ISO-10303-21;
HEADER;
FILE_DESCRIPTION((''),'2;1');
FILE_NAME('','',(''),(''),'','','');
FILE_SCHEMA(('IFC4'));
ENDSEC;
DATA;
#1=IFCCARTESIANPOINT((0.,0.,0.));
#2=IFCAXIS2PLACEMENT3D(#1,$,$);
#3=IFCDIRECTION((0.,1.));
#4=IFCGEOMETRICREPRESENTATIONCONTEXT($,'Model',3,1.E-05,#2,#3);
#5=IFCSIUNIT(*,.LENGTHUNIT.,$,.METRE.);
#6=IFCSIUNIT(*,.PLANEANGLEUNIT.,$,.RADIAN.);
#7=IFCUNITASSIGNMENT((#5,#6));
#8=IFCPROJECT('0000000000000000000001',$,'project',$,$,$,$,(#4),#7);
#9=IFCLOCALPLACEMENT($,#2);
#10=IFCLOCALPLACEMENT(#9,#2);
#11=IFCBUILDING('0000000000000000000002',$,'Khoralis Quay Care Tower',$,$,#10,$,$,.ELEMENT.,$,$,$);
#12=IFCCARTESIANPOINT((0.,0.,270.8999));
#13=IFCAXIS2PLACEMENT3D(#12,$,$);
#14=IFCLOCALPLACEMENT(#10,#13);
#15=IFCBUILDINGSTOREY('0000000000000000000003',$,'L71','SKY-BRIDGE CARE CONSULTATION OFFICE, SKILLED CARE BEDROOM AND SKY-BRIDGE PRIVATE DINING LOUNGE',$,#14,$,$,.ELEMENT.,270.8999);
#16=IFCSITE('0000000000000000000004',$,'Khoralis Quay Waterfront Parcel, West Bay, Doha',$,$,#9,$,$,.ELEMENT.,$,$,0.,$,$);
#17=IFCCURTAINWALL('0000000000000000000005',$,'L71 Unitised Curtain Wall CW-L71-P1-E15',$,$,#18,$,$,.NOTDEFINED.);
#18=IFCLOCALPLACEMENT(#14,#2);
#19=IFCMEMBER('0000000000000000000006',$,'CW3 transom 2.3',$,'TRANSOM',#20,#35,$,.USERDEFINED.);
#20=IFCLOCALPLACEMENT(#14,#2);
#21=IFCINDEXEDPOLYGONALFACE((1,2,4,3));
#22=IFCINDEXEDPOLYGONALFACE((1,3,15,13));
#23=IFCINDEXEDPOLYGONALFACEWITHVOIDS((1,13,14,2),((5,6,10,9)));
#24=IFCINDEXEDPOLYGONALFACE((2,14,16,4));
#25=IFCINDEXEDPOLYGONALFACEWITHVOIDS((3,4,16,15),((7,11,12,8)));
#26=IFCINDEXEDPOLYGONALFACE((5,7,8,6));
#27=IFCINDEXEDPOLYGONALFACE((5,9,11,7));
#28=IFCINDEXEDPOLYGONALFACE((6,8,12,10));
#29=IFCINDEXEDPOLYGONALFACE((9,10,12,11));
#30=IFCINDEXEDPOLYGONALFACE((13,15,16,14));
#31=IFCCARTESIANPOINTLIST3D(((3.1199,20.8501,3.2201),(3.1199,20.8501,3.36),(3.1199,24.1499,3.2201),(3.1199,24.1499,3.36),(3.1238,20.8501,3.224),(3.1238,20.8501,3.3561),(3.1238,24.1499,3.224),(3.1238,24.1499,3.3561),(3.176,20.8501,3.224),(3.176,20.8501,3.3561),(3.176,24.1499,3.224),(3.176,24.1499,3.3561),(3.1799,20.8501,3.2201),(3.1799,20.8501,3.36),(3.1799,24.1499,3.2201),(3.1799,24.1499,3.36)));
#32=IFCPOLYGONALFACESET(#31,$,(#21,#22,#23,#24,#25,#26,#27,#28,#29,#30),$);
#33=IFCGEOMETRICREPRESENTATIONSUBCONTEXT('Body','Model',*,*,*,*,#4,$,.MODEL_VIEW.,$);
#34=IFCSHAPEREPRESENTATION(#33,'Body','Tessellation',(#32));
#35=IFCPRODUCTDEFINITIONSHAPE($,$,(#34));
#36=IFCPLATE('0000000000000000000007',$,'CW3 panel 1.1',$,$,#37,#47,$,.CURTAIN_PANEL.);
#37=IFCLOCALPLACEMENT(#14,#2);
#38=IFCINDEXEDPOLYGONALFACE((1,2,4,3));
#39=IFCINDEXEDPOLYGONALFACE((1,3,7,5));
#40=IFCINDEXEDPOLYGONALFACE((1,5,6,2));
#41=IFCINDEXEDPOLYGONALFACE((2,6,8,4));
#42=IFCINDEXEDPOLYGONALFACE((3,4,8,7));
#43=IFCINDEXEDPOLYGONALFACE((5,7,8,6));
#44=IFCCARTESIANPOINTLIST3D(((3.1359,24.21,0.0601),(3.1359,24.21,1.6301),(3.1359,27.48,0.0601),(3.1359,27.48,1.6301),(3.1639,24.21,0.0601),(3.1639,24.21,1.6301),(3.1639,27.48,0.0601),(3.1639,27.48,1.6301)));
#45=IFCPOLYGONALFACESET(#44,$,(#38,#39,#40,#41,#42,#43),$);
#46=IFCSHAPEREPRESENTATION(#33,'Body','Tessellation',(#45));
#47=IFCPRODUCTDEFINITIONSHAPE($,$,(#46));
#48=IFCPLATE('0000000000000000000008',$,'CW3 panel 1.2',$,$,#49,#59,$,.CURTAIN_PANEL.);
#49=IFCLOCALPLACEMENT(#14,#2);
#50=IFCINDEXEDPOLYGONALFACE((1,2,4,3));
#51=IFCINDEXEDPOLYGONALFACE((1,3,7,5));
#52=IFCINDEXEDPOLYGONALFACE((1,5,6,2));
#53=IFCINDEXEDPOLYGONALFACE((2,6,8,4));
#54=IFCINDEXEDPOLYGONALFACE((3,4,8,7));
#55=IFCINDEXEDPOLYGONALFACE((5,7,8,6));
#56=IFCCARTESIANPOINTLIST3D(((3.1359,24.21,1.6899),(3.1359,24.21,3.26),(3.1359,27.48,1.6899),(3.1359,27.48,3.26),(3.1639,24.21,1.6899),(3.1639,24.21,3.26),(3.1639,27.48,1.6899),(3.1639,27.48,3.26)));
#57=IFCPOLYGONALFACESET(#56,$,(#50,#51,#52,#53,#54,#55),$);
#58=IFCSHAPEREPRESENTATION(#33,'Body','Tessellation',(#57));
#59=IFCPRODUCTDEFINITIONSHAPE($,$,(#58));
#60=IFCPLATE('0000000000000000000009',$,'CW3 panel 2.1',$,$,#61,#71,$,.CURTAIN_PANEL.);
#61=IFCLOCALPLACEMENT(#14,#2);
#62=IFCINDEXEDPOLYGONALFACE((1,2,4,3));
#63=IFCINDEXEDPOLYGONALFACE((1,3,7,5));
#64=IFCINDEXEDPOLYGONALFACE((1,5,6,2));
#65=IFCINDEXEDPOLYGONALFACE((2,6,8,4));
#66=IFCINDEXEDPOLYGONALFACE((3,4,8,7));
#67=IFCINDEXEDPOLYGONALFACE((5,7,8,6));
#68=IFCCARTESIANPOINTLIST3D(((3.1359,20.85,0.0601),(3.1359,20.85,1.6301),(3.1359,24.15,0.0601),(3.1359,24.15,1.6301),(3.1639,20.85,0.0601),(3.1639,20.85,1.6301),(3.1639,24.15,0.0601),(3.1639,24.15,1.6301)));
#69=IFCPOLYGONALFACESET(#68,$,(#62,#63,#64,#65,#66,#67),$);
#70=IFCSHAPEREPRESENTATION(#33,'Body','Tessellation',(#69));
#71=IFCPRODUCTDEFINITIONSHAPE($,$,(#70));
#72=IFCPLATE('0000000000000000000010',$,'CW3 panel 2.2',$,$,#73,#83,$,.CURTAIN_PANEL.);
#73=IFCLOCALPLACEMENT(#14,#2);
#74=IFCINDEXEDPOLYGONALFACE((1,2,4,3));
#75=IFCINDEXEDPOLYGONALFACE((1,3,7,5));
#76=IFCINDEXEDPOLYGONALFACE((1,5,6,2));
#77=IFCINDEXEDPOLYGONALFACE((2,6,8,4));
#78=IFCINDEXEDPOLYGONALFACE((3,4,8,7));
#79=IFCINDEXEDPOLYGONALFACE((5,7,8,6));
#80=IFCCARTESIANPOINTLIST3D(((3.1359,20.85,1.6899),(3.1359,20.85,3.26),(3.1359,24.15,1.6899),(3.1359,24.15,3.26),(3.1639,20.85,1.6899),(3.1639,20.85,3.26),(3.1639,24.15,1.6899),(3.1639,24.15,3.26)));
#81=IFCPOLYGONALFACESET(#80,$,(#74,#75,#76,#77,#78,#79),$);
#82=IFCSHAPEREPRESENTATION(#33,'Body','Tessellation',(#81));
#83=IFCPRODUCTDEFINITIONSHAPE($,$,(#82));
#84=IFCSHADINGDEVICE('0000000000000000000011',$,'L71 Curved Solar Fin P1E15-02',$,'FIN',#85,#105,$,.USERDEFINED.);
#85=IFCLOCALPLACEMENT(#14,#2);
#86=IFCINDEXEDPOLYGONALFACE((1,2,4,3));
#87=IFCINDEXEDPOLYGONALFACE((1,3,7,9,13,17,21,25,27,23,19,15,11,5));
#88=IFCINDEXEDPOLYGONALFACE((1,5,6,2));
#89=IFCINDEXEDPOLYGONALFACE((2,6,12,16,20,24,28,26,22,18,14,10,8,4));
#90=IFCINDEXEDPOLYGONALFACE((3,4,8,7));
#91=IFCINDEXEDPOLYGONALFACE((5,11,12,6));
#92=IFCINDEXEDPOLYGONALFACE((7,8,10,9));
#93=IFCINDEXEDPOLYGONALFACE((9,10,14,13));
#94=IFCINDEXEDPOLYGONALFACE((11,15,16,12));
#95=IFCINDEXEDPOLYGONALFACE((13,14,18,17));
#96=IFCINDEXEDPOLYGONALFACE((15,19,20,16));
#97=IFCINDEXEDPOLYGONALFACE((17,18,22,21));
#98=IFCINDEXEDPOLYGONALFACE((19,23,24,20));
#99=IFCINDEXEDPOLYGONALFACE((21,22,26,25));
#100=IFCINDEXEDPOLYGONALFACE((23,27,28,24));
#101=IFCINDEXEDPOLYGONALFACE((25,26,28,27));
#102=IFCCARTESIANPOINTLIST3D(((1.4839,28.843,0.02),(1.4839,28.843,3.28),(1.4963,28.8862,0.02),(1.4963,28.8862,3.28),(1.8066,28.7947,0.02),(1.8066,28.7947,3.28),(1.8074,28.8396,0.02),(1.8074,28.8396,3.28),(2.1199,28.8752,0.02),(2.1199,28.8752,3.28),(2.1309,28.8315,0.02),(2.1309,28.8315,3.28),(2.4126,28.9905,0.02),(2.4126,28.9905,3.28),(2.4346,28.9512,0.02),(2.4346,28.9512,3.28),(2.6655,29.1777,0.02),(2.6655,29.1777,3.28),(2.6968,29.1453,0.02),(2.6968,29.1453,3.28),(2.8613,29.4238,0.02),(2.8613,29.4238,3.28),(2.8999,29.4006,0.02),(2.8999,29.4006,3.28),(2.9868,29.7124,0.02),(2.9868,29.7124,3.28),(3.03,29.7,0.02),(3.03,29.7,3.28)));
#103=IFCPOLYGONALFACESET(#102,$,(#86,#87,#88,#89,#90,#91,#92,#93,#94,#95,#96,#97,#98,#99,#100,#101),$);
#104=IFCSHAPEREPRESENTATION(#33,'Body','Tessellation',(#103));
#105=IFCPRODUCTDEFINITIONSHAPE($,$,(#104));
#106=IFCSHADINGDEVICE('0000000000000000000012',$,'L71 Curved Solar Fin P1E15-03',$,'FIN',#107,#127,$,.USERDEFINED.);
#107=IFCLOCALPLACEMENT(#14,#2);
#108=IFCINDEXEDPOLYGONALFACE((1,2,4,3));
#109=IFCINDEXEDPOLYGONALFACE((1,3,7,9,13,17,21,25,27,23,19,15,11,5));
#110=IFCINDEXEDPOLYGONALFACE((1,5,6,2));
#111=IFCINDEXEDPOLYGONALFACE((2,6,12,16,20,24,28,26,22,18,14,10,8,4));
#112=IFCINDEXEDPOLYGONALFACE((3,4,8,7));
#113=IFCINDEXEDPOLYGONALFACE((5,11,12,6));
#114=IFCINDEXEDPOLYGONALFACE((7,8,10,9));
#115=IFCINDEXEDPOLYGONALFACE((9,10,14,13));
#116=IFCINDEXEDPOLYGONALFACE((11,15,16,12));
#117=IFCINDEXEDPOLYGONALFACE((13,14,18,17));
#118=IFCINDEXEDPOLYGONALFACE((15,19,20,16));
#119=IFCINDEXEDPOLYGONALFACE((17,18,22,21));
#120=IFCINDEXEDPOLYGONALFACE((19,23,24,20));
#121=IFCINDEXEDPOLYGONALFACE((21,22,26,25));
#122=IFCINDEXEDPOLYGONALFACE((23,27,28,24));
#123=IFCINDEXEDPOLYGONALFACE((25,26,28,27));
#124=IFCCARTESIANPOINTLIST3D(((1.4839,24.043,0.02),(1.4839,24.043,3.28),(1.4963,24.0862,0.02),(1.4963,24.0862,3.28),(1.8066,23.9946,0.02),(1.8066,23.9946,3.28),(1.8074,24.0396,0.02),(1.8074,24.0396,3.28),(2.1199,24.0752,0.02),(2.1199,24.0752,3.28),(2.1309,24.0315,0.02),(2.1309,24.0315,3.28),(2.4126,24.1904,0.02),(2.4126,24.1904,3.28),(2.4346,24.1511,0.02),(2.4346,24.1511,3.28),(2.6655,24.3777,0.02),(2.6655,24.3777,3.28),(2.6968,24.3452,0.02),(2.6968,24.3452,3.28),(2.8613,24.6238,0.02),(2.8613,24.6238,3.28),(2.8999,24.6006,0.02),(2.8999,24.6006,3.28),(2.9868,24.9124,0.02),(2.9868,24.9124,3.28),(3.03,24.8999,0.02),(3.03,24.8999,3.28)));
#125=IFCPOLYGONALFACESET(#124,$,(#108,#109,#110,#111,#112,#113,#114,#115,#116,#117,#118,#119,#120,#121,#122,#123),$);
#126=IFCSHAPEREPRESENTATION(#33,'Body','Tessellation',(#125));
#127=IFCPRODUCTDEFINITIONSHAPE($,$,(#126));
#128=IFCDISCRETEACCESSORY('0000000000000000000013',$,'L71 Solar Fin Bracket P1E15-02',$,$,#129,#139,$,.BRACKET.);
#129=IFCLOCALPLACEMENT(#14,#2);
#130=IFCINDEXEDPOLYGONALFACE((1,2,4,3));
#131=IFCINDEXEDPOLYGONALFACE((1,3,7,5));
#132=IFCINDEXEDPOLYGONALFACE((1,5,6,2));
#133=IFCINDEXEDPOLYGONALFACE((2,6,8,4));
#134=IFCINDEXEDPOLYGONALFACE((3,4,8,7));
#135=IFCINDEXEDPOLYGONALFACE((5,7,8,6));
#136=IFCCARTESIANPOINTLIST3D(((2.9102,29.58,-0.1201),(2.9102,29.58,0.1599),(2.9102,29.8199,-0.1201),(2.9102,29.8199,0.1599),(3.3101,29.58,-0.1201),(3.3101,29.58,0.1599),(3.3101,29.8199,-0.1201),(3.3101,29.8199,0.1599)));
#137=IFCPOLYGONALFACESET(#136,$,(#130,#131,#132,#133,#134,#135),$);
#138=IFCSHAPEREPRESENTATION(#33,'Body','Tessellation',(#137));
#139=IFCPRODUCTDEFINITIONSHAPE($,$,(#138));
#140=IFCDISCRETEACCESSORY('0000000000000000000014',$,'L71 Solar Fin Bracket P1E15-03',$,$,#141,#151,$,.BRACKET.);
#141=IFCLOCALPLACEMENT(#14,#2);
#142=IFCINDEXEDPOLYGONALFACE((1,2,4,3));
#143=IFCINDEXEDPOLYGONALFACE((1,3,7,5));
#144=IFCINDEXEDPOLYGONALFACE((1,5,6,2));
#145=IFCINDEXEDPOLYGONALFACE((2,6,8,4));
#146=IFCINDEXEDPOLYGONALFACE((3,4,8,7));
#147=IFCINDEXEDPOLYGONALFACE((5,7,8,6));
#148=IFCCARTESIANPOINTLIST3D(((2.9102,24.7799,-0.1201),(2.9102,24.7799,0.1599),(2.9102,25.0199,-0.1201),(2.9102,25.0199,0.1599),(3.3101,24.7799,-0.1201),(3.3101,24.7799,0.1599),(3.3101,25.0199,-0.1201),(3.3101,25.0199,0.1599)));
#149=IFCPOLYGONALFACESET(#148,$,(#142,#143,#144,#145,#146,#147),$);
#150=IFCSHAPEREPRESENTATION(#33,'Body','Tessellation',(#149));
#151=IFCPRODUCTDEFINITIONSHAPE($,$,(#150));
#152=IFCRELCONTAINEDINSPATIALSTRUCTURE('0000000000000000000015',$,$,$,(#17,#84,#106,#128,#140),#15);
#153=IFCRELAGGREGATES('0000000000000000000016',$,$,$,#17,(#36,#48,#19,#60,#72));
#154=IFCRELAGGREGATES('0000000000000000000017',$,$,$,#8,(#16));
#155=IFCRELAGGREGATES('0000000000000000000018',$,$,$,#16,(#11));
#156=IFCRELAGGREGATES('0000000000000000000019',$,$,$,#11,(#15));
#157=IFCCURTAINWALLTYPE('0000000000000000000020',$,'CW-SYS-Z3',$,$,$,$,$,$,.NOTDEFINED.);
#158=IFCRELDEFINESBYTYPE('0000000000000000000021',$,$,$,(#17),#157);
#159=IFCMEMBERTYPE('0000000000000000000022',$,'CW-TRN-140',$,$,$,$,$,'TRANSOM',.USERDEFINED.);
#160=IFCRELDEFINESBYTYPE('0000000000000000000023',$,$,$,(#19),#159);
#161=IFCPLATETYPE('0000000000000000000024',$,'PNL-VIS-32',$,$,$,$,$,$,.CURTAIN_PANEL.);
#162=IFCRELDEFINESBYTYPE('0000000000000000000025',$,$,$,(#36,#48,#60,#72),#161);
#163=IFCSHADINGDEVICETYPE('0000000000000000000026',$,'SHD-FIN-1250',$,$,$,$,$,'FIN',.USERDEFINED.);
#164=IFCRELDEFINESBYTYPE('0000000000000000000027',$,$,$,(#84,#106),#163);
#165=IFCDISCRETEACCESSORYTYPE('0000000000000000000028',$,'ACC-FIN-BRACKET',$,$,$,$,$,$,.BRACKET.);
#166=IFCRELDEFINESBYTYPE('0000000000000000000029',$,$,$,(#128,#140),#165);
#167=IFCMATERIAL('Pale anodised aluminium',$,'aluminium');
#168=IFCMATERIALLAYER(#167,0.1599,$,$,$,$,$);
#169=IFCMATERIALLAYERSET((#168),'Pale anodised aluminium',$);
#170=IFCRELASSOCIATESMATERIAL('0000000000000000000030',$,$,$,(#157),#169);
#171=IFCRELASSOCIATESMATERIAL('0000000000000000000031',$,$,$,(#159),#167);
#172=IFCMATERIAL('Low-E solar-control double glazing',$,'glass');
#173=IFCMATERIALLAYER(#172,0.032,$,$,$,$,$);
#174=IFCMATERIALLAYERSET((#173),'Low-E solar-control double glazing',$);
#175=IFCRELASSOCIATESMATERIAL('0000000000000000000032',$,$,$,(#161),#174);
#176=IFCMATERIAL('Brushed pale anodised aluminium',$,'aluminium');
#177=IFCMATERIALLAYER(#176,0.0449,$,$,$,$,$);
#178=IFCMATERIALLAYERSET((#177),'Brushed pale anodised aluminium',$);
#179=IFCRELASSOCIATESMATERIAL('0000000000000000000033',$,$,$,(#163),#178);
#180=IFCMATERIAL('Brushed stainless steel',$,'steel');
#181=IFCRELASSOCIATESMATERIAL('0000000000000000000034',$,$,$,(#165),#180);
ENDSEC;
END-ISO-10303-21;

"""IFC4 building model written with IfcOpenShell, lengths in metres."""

from ifc_helpers import new_model, si_unit, direction, frame, origin, origin_2d, place, context, subcontext, project, spatial, polyline, rectangle, hollow_rectangle, outline, extrude, source, transform, mapped, material, layer, layer_set, material_profile, profile_set, type_object, element, aggregate, save


model = new_model("IFC4")

# Units and contexts
model_context = context("Model", 3, precision=1e-05, world=origin(), true_north=direction((0.0, 1.0)))
body_context = subcontext(model_context, "Body", "Model", "MODEL_VIEW")
ifc_project = project(units=[si_unit("LENGTHUNIT", "METRE"), si_unit("PLANEANGLEUNIT", "RADIAN")], contexts=[model_context])

# Site, building, storey
site_placement = place(None, origin())
site = spatial("IfcSite", under=ifc_project, at=site_placement, Name="Khoralis Quay Waterfront Parcel, West Bay, Doha", CompositionType="ELEMENT", RefElevation=0.0)
building_placement = place(site_placement, origin())
building = spatial("IfcBuilding", under=site, at=building_placement, Name="Khoralis Quay Care Tower", CompositionType="ELEMENT")
storey_placement = place(building_placement, frame((0.0, 0.0, 270.8999)))
storey = spatial("IfcBuildingStorey", under=building, at=storey_placement, Name="L71", Description="SKY-BRIDGE CARE CONSULTATION OFFICE, SKILLED CARE BEDROOM AND SKY-BRIDGE PRIVATE DINING LOUNGE", CompositionType="ELEMENT", Elevation=270.8999)

# Curtain wall, member, plates
ifc_material_1 = material(Name="Pale anodised aluminium", Category="aluminium")
ifc_layer_1 = layer(ifc_material_1, 0.1599)
ifc_layer_set_1 = layer_set([ifc_layer_1], Name="Pale anodised aluminium")
curtain_wall_type = type_object("IfcCurtainWallType", Name="CW-SYS-Z3", PredefinedType="NOTDEFINED", material=ifc_layer_set_1)
curtain_wall_placement = place(storey_placement, origin())
curtain_wall = element("IfcCurtainWall", 1, at=curtain_wall_placement, inside=storey, type_object=curtain_wall_type, Name="L71 Unitised Curtain Wall CW-L71-P1-E15", PredefinedType="NOTDEFINED")
ifc_material_profile_1 = material_profile(ifc_material_1, hollow_rectangle(XDim=0.0601, YDim=0.1399, WallThickness=0.0039, at=origin_2d()), Name="Pale anodised aluminium")
ifc_profile_set_1 = profile_set([ifc_material_profile_1], Name="Pale anodised aluminium")
member_type_1 = type_object("IfcMemberType", Name="CW-TRN-140", ElementType="TRANSOM", PredefinedType="USERDEFINED", material=ifc_profile_set_1)
shared_shape_1 = source(origin(), body_context, "Body", "SweptSolid", [
    extrude(hollow_rectangle(XDim=0.0601, YDim=0.1399, WallThickness=0.0039, at=origin_2d()), origin(), (0.0, 0.0, 1.0), 3.2998),
])
member_1_placement = place(storey_placement, frame((3.1499, 24.1499, 3.29), z_axis=(0.0, -1.0, 0.0), x_axis=(1.0, 0.0, 0.0)))
member_1 = element("IfcMember", 2, at=member_1_placement, type_object=member_type_1, Name="CW3 transom 2.3", ObjectType="TRANSOM", PredefinedType="USERDEFINED", context=body_context, shape_type="MappedRepresentation", body=[
    mapped(shared_shape_1, transform((0.0, 0.0, 0.0), scale=1.0)),
])
ifc_material_2 = material(Name="Low-E solar-control double glazing", Category="glass")
ifc_layer_2 = layer(ifc_material_2, 0.032)
ifc_layer_set_2 = layer_set([ifc_layer_2], Name="Low-E solar-control double glazing")
plate_type = type_object("IfcPlateType", Name="PNL-VIS-32", PredefinedType="CURTAIN_PANEL", material=ifc_layer_set_2)
shared_shape_2 = source(origin(), body_context, "Body", "SweptSolid", [
    extrude(rectangle(XDim=3.27, YDim=0.0281, at=origin_2d()), origin(), (0.0, 0.0, 1.0), 1.5701),
])
plate_1_placement = place(storey_placement, frame((3.1499, 25.845, 0.0601), z_axis=(0.0, 0.0, 1.0), x_axis=(0.0, -1.0, 0.0)))
plate_1 = element("IfcPlate", 3, at=plate_1_placement, type_object=plate_type, Name="CW3 panel 1.1", PredefinedType="CURTAIN_PANEL", context=body_context, shape_type="MappedRepresentation", body=[
    mapped(shared_shape_2, transform((0.0, 0.0, 0.0), scale=1.0)),
])
plate_2_placement = place(storey_placement, frame((3.1499, 25.845, 1.6899), z_axis=(0.0, 0.0, 1.0), x_axis=(0.0, -1.0, 0.0)))
plate_2 = element("IfcPlate", 4, at=plate_2_placement, type_object=plate_type, Name="CW3 panel 1.2", PredefinedType="CURTAIN_PANEL", context=body_context, shape_type="MappedRepresentation", body=[
    mapped(shared_shape_2, transform((0.0, 0.0, 0.0), scale=1.0)),
])
shared_shape_3 = source(origin(), body_context, "Body", "SweptSolid", [
    extrude(rectangle(XDim=3.3, YDim=0.0281, at=origin_2d()), origin(), (0.0, 0.0, 1.0), 1.5701),
])
plate_3_placement = place(storey_placement, frame((3.1499, 22.5, 0.0601), z_axis=(0.0, 0.0, 1.0), x_axis=(0.0, -1.0, 0.0)))
plate_3 = element("IfcPlate", 5, at=plate_3_placement, type_object=plate_type, Name="CW3 panel 2.1", PredefinedType="CURTAIN_PANEL", context=body_context, shape_type="MappedRepresentation", body=[
    mapped(shared_shape_3, transform((0.0, 0.0, 0.0), scale=1.0)),
])
plate_4_placement = place(storey_placement, frame((3.1499, 22.5, 1.6899), z_axis=(0.0, 0.0, 1.0), x_axis=(0.0, -1.0, 0.0)))
plate_4 = element("IfcPlate", 6, at=plate_4_placement, type_object=plate_type, Name="CW3 panel 2.2", PredefinedType="CURTAIN_PANEL", context=body_context, shape_type="MappedRepresentation", body=[
    mapped(shared_shape_3, transform((0.0, 0.0, 0.0), scale=1.0)),
])
aggregate(curtain_wall, [plate_1, plate_2, member_1, plate_3, plate_4])

# Shading devices
ifc_material_3 = material(Name="Brushed pale anodised aluminium", Category="aluminium")
ifc_layer_3 = layer(ifc_material_3, 0.0449)
ifc_layer_set_3 = layer_set([ifc_layer_3], Name="Brushed pale anodised aluminium")
shading_device_type = type_object("IfcShadingDeviceType", Name="SHD-FIN-1250", ElementType="FIN", PredefinedType="USERDEFINED", material=ifc_layer_set_3)
shared_shape_4 = source(origin(), body_context, "Body", "SweptSolid", [
    extrude(outline(polyline([(0.0, 0.0), (0.1301, 0.2993), (0.3333, 0.5547), (0.5955, 0.7488), (0.8992, 0.8684), (1.2234, 0.9053), (1.5461, 0.8569), (1.5337, 0.8137), (1.2227, 0.8604), (0.9102, 0.8247), (0.6174, 0.7095), (0.3645, 0.5222), (0.1687, 0.2761), (0.0432, -0.0125), (0.0, 0.0)])), origin(), (0.0, 0.0, 1.0), 3.26),
])
for number, where, z_axis, x_axis, name in (
    (7, (3.03, 29.7, 0.02), (0.0, 0.0, 1.0), (-1.0, 0.0, 0.0), "L71 Curved Solar Fin P1E15-02"),
    (8, (3.03, 24.8999, 0.02), (0.0, 0.0, 1.0), (-1.0, 0.0, 0.0), "L71 Curved Solar Fin P1E15-03"),
):
    element("IfcShadingDevice", number, at=place(storey_placement, frame(where, z_axis=z_axis, x_axis=x_axis)), inside=storey, type_object=shading_device_type, Name=name, ObjectType="FIN", PredefinedType="USERDEFINED", context=body_context, shape_type="MappedRepresentation", body=[
        mapped(shared_shape_4, transform((0.0, 0.0, 0.0), scale=1.0)),
    ])

# Discrete accessories
ifc_material_4 = material(Name="Brushed stainless steel", Category="steel")
discrete_accessory_type = type_object("IfcDiscreteAccessoryType", Name="ACC-FIN-BRACKET", PredefinedType="BRACKET", material=ifc_material_4)
shared_shape_5 = source(origin(), body_context, "Body", "SweptSolid", [
    extrude(rectangle(XDim=0.3999, YDim=0.24, at=origin_2d()), origin(), (0.0, 0.0, 1.0), 0.28),
])
for number, where, z_axis, x_axis, name in (
    (9, (3.1101, 29.7, -0.1201), (0.0, 0.0, 1.0), (-1.0, 0.0, 0.0), "L71 Solar Fin Bracket P1E15-02"),
    (10, (3.1101, 24.8999, -0.1201), (0.0, 0.0, 1.0), (-1.0, 0.0, 0.0), "L71 Solar Fin Bracket P1E15-03"),
):
    element("IfcDiscreteAccessory", number, at=place(storey_placement, frame(where, z_axis=z_axis, x_axis=x_axis)), inside=storey, type_object=discrete_accessory_type, Name=name, PredefinedType="BRACKET", context=body_context, shape_type="MappedRepresentation", body=[
        mapped(shared_shape_5, transform((0.0, 0.0, 0.0), scale=1.0)),
    ])

save(model, "model.ifc")
